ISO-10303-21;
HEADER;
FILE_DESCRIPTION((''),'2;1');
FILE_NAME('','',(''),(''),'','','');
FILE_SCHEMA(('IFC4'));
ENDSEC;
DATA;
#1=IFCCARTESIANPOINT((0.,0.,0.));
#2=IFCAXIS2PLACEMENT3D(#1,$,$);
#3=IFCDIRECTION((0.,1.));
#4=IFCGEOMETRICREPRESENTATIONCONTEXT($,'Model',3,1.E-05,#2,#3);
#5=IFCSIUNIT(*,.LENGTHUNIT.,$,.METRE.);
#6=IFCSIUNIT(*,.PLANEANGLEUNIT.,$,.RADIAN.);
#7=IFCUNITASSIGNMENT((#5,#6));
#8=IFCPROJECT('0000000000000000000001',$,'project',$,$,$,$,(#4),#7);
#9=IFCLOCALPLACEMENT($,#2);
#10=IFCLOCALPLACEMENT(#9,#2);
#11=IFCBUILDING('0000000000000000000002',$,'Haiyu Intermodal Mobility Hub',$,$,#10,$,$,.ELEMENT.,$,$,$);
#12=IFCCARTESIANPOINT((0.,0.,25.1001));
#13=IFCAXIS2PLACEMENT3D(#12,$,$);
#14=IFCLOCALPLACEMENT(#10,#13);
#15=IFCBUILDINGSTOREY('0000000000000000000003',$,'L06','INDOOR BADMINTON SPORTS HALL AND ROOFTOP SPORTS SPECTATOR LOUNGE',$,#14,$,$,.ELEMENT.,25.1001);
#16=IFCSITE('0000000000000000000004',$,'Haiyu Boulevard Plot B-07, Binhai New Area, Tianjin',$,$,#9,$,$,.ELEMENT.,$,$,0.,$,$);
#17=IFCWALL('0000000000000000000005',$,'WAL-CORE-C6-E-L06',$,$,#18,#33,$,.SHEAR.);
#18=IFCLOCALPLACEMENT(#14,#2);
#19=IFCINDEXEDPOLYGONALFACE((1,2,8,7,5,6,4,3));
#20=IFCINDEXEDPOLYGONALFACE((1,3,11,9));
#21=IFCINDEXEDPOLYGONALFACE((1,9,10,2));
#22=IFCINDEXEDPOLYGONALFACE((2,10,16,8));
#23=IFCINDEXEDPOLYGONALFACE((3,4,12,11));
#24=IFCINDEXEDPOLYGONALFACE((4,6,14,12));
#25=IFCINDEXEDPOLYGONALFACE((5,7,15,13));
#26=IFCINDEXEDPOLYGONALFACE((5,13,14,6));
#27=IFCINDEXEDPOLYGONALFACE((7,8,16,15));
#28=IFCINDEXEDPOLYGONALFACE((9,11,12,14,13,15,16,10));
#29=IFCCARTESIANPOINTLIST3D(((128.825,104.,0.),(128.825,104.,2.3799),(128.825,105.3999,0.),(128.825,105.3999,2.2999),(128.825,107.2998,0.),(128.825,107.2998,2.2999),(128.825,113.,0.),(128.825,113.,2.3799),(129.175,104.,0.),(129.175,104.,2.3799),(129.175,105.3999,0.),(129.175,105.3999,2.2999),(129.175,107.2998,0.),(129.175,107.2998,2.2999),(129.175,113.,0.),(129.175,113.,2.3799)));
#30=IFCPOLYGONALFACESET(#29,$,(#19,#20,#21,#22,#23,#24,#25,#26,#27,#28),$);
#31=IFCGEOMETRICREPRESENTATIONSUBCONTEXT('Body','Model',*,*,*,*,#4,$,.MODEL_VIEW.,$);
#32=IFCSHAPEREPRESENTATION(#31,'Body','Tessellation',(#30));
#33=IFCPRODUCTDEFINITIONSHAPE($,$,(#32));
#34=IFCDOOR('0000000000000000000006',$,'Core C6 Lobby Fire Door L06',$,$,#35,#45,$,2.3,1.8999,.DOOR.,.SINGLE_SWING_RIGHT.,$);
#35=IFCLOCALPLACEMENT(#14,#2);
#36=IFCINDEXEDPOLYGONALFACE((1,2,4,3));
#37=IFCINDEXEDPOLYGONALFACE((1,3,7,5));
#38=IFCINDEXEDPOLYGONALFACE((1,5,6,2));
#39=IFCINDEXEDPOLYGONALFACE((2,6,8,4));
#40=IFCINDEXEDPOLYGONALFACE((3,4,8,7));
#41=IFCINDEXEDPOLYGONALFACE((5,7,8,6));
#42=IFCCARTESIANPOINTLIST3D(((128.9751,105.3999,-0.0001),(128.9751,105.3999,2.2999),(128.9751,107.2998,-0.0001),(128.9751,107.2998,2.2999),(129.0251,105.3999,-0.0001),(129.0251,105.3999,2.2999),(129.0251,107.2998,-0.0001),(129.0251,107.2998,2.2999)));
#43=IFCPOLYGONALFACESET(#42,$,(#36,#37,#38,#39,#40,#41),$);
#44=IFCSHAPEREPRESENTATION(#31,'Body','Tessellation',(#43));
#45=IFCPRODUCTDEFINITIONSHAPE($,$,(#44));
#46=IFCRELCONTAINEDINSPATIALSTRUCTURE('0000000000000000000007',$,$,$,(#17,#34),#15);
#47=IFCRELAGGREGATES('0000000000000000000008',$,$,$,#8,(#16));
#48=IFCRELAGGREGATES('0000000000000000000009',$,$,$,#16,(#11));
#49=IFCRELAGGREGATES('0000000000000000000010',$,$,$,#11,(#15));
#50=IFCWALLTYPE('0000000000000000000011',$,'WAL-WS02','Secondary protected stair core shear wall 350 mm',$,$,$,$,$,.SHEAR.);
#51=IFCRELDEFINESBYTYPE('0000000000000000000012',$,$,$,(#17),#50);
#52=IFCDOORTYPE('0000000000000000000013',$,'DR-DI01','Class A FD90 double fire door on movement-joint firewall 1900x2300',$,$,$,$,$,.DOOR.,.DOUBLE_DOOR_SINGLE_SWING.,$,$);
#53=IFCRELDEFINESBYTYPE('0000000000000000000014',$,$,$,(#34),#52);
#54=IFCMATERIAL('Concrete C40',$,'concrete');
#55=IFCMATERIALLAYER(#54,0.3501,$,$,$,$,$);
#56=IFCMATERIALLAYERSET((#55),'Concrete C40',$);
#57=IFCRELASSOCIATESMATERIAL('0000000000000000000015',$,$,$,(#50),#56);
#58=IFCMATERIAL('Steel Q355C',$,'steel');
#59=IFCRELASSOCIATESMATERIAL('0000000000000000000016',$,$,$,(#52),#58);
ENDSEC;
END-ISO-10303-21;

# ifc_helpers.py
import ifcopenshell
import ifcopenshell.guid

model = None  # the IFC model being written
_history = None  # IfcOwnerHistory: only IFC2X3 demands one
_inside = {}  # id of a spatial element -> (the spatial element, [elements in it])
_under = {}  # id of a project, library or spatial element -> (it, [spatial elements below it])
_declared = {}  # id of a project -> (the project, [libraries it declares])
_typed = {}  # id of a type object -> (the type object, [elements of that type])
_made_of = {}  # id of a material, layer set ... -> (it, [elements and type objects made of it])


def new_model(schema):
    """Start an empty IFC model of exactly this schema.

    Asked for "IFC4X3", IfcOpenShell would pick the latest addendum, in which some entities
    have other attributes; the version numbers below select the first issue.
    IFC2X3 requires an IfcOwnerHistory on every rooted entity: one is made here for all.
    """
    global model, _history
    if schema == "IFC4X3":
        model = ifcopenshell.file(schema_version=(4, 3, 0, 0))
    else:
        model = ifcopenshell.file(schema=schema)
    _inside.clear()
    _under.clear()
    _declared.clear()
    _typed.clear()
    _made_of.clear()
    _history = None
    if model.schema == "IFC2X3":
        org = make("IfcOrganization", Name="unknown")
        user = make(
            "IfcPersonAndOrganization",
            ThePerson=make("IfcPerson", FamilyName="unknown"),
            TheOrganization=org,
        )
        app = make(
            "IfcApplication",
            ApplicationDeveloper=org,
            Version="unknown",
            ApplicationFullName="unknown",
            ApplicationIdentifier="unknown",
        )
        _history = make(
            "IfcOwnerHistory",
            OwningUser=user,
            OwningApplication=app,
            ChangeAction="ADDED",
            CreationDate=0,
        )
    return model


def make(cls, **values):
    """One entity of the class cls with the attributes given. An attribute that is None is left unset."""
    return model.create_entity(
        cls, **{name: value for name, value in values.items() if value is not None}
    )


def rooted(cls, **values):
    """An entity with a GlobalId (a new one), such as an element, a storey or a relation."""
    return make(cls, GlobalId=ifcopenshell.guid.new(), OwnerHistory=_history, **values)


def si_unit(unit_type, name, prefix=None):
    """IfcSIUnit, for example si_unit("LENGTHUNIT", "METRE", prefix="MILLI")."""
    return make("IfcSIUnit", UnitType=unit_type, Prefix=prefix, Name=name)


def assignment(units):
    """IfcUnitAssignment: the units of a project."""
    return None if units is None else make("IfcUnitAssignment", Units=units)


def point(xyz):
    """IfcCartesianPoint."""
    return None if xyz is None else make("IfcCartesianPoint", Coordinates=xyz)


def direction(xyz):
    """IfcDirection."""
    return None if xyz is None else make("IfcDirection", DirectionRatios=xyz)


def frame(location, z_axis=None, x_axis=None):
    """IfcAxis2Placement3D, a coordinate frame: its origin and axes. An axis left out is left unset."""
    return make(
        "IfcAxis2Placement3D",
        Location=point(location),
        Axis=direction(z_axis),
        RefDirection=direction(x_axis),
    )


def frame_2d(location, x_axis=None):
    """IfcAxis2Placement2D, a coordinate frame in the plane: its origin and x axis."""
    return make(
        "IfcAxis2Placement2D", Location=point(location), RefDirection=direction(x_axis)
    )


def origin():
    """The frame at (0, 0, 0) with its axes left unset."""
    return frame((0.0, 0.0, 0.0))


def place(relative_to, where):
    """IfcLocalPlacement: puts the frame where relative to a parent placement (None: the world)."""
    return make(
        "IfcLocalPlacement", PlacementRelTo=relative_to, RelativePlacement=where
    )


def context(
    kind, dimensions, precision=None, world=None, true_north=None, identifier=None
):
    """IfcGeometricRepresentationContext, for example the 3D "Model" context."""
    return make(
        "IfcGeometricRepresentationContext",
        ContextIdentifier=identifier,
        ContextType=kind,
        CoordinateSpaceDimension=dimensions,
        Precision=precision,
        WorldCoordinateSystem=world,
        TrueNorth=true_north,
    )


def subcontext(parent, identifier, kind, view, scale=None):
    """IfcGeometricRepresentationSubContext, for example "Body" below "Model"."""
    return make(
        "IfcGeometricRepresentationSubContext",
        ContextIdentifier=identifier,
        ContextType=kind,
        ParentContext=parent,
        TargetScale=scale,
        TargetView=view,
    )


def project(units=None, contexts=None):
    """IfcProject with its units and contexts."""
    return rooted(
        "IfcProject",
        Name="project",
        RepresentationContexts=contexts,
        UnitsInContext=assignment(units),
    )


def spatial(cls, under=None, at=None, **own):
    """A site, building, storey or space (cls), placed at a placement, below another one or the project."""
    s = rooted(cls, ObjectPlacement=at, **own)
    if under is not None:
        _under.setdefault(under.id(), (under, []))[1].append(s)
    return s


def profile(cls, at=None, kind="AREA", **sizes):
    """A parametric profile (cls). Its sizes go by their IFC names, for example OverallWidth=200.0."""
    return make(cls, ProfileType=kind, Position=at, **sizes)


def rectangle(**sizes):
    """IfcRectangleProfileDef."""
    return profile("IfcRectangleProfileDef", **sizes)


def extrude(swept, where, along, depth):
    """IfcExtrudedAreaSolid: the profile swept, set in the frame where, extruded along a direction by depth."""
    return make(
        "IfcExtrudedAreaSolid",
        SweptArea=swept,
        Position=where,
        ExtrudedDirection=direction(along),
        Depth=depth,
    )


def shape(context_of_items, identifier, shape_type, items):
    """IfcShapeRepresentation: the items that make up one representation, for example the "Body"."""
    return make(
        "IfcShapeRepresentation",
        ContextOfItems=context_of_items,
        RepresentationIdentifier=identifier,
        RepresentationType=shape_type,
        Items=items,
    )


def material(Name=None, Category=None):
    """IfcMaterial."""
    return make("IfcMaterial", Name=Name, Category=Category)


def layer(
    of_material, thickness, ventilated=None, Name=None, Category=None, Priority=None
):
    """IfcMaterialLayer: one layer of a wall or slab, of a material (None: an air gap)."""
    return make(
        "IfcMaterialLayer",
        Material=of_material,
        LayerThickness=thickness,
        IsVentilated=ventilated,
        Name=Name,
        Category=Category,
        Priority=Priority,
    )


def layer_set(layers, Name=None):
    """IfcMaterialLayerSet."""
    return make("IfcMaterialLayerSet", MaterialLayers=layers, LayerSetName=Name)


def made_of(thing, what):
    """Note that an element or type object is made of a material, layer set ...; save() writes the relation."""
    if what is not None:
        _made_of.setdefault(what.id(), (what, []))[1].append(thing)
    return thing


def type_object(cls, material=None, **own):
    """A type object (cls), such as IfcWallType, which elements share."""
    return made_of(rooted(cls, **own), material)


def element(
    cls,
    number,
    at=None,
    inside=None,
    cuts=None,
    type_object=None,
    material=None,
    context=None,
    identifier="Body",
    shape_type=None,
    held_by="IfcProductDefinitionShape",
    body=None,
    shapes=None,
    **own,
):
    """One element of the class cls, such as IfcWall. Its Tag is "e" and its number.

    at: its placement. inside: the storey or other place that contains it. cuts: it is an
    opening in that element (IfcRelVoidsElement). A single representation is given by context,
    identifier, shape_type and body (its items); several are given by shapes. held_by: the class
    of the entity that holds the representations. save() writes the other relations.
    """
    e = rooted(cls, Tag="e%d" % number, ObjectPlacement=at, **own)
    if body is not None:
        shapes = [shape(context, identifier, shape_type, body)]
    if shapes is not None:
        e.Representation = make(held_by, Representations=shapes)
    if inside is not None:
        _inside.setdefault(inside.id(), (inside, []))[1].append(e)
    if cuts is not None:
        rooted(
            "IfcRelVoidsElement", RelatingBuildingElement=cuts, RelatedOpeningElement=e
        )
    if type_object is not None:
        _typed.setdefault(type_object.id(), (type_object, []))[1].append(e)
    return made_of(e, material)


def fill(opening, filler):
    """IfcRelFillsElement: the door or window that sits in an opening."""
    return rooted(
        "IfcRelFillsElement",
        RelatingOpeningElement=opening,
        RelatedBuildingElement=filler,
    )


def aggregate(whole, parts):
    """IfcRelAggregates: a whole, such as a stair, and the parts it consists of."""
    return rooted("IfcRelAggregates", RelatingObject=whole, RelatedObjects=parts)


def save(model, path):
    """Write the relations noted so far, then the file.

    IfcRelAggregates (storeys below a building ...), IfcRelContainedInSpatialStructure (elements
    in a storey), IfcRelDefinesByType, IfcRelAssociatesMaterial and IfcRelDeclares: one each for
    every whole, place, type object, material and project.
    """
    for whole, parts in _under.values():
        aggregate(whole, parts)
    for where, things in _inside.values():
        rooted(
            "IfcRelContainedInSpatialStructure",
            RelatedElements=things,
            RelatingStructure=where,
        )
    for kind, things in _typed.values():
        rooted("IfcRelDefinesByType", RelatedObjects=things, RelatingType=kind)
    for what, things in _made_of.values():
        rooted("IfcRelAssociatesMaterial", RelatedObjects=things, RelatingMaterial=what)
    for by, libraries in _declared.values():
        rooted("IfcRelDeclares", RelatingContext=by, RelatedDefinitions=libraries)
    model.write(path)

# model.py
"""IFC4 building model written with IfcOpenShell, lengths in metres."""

from ifc_helpers import new_model, si_unit, direction, frame, frame_2d, origin, place, context, subcontext, project, spatial, rectangle, extrude, material, layer, layer_set, type_object, element, fill, save


model = new_model("IFC4")

# Units and contexts
model_context = context("Model", 3, precision=1e-05, world=origin(), true_north=direction((0.0, 1.0)))
body_context = subcontext(model_context, "Body", "Model", "MODEL_VIEW")
ifc_project = project(units=[si_unit("LENGTHUNIT", "METRE"), si_unit("PLANEANGLEUNIT", "RADIAN")], contexts=[model_context])

# Site, building, storey
site_placement = place(None, origin())
site = spatial("IfcSite", under=ifc_project, at=site_placement, Name="Haiyu Boulevard Plot B-07, Binhai New Area, Tianjin", CompositionType="ELEMENT", RefElevation=0.0)
building_placement = place(site_placement, origin())
building = spatial("IfcBuilding", under=site, at=building_placement, Name="Haiyu Intermodal Mobility Hub", CompositionType="ELEMENT")
storey_placement = place(building_placement, frame((0.0, 0.0, 25.1001)))
storey = spatial("IfcBuildingStorey", under=building, at=storey_placement, Name="L06", Description="INDOOR BADMINTON SPORTS HALL AND ROOFTOP SPORTS SPECTATOR LOUNGE", CompositionType="ELEMENT", Elevation=25.1001)

# Shared definitions
ifc_material_1 = material(Name="Concrete C40", Category="concrete")
ifc_material_2 = material(Name="Steel Q355C", Category="steel")

# Wall, opening, door
ifc_layer = layer(ifc_material_1, 0.3501)
ifc_layer_set = layer_set([ifc_layer], Name="Concrete C40")
wall_type = type_object("IfcWallType", Name="WAL-WS02", Description="Secondary protected stair core shear wall 350 mm", PredefinedType="SHEAR", material=ifc_layer_set)
wall_placement = place(storey_placement, frame((129.0, 104.0, 0.0), z_axis=(0.0, 0.0, 1.0), x_axis=(0.0, 1.0, 0.0)))
wall = element("IfcWall", 1, at=wall_placement, inside=storey, type_object=wall_type, Name="WAL-CORE-C6-E-L06", PredefinedType="SHEAR", context=body_context, shape_type="SweptSolid", body=[
    extrude(rectangle(XDim=9.0, YDim=0.3501, at=frame_2d((4.5, 0.0))), origin(), (0.0, 0.0, 1.0), 2.3799),
])
opening_placement = place(wall_placement, frame((1.3999, 0.0, 0.0)))
opening = element("IfcOpeningElement", 2, at=opening_placement, cuts=wall, PredefinedType="OPENING", context=body_context, shape_type="SweptSolid", body=[
    extrude(rectangle(XDim=1.8999, YDim=2.3, at=frame_2d((0.95, 1.1499))), frame((0.0, 0.1851, 0.0), z_axis=(0.0, -1.0, 0.0), x_axis=(1.0, 0.0, 0.0)), (0.0, 0.0, 1.0), 0.3701),
])
door_type = type_object("IfcDoorType", Name="DR-DI01", Description="Class A FD90 double fire door on movement-joint firewall 1900x2300", OperationType="DOUBLE_DOOR_SINGLE_SWING", PredefinedType="DOOR", material=ifc_material_2)
door_placement = place(opening_placement, origin())
door = element("IfcDoor", 3, at=door_placement, inside=storey, type_object=door_type, Name="Core C6 Lobby Fire Door L06", OperationType="SINGLE_SWING_RIGHT", OverallHeight=2.3, OverallWidth=1.8999, PredefinedType="DOOR", context=body_context, shape_type="SweptSolid", body=[
    extrude(rectangle(XDim=1.8999, YDim=2.3, at=frame_2d((0.95, 1.1499))), frame((0.0, 0.0249, 0.0), z_axis=(0.0, -1.0, 0.0), x_axis=(1.0, 0.0, 0.0)), (0.0, 0.0, 1.0), 0.05),
])
fill(opening, door)

save(model, "model.ifc")
